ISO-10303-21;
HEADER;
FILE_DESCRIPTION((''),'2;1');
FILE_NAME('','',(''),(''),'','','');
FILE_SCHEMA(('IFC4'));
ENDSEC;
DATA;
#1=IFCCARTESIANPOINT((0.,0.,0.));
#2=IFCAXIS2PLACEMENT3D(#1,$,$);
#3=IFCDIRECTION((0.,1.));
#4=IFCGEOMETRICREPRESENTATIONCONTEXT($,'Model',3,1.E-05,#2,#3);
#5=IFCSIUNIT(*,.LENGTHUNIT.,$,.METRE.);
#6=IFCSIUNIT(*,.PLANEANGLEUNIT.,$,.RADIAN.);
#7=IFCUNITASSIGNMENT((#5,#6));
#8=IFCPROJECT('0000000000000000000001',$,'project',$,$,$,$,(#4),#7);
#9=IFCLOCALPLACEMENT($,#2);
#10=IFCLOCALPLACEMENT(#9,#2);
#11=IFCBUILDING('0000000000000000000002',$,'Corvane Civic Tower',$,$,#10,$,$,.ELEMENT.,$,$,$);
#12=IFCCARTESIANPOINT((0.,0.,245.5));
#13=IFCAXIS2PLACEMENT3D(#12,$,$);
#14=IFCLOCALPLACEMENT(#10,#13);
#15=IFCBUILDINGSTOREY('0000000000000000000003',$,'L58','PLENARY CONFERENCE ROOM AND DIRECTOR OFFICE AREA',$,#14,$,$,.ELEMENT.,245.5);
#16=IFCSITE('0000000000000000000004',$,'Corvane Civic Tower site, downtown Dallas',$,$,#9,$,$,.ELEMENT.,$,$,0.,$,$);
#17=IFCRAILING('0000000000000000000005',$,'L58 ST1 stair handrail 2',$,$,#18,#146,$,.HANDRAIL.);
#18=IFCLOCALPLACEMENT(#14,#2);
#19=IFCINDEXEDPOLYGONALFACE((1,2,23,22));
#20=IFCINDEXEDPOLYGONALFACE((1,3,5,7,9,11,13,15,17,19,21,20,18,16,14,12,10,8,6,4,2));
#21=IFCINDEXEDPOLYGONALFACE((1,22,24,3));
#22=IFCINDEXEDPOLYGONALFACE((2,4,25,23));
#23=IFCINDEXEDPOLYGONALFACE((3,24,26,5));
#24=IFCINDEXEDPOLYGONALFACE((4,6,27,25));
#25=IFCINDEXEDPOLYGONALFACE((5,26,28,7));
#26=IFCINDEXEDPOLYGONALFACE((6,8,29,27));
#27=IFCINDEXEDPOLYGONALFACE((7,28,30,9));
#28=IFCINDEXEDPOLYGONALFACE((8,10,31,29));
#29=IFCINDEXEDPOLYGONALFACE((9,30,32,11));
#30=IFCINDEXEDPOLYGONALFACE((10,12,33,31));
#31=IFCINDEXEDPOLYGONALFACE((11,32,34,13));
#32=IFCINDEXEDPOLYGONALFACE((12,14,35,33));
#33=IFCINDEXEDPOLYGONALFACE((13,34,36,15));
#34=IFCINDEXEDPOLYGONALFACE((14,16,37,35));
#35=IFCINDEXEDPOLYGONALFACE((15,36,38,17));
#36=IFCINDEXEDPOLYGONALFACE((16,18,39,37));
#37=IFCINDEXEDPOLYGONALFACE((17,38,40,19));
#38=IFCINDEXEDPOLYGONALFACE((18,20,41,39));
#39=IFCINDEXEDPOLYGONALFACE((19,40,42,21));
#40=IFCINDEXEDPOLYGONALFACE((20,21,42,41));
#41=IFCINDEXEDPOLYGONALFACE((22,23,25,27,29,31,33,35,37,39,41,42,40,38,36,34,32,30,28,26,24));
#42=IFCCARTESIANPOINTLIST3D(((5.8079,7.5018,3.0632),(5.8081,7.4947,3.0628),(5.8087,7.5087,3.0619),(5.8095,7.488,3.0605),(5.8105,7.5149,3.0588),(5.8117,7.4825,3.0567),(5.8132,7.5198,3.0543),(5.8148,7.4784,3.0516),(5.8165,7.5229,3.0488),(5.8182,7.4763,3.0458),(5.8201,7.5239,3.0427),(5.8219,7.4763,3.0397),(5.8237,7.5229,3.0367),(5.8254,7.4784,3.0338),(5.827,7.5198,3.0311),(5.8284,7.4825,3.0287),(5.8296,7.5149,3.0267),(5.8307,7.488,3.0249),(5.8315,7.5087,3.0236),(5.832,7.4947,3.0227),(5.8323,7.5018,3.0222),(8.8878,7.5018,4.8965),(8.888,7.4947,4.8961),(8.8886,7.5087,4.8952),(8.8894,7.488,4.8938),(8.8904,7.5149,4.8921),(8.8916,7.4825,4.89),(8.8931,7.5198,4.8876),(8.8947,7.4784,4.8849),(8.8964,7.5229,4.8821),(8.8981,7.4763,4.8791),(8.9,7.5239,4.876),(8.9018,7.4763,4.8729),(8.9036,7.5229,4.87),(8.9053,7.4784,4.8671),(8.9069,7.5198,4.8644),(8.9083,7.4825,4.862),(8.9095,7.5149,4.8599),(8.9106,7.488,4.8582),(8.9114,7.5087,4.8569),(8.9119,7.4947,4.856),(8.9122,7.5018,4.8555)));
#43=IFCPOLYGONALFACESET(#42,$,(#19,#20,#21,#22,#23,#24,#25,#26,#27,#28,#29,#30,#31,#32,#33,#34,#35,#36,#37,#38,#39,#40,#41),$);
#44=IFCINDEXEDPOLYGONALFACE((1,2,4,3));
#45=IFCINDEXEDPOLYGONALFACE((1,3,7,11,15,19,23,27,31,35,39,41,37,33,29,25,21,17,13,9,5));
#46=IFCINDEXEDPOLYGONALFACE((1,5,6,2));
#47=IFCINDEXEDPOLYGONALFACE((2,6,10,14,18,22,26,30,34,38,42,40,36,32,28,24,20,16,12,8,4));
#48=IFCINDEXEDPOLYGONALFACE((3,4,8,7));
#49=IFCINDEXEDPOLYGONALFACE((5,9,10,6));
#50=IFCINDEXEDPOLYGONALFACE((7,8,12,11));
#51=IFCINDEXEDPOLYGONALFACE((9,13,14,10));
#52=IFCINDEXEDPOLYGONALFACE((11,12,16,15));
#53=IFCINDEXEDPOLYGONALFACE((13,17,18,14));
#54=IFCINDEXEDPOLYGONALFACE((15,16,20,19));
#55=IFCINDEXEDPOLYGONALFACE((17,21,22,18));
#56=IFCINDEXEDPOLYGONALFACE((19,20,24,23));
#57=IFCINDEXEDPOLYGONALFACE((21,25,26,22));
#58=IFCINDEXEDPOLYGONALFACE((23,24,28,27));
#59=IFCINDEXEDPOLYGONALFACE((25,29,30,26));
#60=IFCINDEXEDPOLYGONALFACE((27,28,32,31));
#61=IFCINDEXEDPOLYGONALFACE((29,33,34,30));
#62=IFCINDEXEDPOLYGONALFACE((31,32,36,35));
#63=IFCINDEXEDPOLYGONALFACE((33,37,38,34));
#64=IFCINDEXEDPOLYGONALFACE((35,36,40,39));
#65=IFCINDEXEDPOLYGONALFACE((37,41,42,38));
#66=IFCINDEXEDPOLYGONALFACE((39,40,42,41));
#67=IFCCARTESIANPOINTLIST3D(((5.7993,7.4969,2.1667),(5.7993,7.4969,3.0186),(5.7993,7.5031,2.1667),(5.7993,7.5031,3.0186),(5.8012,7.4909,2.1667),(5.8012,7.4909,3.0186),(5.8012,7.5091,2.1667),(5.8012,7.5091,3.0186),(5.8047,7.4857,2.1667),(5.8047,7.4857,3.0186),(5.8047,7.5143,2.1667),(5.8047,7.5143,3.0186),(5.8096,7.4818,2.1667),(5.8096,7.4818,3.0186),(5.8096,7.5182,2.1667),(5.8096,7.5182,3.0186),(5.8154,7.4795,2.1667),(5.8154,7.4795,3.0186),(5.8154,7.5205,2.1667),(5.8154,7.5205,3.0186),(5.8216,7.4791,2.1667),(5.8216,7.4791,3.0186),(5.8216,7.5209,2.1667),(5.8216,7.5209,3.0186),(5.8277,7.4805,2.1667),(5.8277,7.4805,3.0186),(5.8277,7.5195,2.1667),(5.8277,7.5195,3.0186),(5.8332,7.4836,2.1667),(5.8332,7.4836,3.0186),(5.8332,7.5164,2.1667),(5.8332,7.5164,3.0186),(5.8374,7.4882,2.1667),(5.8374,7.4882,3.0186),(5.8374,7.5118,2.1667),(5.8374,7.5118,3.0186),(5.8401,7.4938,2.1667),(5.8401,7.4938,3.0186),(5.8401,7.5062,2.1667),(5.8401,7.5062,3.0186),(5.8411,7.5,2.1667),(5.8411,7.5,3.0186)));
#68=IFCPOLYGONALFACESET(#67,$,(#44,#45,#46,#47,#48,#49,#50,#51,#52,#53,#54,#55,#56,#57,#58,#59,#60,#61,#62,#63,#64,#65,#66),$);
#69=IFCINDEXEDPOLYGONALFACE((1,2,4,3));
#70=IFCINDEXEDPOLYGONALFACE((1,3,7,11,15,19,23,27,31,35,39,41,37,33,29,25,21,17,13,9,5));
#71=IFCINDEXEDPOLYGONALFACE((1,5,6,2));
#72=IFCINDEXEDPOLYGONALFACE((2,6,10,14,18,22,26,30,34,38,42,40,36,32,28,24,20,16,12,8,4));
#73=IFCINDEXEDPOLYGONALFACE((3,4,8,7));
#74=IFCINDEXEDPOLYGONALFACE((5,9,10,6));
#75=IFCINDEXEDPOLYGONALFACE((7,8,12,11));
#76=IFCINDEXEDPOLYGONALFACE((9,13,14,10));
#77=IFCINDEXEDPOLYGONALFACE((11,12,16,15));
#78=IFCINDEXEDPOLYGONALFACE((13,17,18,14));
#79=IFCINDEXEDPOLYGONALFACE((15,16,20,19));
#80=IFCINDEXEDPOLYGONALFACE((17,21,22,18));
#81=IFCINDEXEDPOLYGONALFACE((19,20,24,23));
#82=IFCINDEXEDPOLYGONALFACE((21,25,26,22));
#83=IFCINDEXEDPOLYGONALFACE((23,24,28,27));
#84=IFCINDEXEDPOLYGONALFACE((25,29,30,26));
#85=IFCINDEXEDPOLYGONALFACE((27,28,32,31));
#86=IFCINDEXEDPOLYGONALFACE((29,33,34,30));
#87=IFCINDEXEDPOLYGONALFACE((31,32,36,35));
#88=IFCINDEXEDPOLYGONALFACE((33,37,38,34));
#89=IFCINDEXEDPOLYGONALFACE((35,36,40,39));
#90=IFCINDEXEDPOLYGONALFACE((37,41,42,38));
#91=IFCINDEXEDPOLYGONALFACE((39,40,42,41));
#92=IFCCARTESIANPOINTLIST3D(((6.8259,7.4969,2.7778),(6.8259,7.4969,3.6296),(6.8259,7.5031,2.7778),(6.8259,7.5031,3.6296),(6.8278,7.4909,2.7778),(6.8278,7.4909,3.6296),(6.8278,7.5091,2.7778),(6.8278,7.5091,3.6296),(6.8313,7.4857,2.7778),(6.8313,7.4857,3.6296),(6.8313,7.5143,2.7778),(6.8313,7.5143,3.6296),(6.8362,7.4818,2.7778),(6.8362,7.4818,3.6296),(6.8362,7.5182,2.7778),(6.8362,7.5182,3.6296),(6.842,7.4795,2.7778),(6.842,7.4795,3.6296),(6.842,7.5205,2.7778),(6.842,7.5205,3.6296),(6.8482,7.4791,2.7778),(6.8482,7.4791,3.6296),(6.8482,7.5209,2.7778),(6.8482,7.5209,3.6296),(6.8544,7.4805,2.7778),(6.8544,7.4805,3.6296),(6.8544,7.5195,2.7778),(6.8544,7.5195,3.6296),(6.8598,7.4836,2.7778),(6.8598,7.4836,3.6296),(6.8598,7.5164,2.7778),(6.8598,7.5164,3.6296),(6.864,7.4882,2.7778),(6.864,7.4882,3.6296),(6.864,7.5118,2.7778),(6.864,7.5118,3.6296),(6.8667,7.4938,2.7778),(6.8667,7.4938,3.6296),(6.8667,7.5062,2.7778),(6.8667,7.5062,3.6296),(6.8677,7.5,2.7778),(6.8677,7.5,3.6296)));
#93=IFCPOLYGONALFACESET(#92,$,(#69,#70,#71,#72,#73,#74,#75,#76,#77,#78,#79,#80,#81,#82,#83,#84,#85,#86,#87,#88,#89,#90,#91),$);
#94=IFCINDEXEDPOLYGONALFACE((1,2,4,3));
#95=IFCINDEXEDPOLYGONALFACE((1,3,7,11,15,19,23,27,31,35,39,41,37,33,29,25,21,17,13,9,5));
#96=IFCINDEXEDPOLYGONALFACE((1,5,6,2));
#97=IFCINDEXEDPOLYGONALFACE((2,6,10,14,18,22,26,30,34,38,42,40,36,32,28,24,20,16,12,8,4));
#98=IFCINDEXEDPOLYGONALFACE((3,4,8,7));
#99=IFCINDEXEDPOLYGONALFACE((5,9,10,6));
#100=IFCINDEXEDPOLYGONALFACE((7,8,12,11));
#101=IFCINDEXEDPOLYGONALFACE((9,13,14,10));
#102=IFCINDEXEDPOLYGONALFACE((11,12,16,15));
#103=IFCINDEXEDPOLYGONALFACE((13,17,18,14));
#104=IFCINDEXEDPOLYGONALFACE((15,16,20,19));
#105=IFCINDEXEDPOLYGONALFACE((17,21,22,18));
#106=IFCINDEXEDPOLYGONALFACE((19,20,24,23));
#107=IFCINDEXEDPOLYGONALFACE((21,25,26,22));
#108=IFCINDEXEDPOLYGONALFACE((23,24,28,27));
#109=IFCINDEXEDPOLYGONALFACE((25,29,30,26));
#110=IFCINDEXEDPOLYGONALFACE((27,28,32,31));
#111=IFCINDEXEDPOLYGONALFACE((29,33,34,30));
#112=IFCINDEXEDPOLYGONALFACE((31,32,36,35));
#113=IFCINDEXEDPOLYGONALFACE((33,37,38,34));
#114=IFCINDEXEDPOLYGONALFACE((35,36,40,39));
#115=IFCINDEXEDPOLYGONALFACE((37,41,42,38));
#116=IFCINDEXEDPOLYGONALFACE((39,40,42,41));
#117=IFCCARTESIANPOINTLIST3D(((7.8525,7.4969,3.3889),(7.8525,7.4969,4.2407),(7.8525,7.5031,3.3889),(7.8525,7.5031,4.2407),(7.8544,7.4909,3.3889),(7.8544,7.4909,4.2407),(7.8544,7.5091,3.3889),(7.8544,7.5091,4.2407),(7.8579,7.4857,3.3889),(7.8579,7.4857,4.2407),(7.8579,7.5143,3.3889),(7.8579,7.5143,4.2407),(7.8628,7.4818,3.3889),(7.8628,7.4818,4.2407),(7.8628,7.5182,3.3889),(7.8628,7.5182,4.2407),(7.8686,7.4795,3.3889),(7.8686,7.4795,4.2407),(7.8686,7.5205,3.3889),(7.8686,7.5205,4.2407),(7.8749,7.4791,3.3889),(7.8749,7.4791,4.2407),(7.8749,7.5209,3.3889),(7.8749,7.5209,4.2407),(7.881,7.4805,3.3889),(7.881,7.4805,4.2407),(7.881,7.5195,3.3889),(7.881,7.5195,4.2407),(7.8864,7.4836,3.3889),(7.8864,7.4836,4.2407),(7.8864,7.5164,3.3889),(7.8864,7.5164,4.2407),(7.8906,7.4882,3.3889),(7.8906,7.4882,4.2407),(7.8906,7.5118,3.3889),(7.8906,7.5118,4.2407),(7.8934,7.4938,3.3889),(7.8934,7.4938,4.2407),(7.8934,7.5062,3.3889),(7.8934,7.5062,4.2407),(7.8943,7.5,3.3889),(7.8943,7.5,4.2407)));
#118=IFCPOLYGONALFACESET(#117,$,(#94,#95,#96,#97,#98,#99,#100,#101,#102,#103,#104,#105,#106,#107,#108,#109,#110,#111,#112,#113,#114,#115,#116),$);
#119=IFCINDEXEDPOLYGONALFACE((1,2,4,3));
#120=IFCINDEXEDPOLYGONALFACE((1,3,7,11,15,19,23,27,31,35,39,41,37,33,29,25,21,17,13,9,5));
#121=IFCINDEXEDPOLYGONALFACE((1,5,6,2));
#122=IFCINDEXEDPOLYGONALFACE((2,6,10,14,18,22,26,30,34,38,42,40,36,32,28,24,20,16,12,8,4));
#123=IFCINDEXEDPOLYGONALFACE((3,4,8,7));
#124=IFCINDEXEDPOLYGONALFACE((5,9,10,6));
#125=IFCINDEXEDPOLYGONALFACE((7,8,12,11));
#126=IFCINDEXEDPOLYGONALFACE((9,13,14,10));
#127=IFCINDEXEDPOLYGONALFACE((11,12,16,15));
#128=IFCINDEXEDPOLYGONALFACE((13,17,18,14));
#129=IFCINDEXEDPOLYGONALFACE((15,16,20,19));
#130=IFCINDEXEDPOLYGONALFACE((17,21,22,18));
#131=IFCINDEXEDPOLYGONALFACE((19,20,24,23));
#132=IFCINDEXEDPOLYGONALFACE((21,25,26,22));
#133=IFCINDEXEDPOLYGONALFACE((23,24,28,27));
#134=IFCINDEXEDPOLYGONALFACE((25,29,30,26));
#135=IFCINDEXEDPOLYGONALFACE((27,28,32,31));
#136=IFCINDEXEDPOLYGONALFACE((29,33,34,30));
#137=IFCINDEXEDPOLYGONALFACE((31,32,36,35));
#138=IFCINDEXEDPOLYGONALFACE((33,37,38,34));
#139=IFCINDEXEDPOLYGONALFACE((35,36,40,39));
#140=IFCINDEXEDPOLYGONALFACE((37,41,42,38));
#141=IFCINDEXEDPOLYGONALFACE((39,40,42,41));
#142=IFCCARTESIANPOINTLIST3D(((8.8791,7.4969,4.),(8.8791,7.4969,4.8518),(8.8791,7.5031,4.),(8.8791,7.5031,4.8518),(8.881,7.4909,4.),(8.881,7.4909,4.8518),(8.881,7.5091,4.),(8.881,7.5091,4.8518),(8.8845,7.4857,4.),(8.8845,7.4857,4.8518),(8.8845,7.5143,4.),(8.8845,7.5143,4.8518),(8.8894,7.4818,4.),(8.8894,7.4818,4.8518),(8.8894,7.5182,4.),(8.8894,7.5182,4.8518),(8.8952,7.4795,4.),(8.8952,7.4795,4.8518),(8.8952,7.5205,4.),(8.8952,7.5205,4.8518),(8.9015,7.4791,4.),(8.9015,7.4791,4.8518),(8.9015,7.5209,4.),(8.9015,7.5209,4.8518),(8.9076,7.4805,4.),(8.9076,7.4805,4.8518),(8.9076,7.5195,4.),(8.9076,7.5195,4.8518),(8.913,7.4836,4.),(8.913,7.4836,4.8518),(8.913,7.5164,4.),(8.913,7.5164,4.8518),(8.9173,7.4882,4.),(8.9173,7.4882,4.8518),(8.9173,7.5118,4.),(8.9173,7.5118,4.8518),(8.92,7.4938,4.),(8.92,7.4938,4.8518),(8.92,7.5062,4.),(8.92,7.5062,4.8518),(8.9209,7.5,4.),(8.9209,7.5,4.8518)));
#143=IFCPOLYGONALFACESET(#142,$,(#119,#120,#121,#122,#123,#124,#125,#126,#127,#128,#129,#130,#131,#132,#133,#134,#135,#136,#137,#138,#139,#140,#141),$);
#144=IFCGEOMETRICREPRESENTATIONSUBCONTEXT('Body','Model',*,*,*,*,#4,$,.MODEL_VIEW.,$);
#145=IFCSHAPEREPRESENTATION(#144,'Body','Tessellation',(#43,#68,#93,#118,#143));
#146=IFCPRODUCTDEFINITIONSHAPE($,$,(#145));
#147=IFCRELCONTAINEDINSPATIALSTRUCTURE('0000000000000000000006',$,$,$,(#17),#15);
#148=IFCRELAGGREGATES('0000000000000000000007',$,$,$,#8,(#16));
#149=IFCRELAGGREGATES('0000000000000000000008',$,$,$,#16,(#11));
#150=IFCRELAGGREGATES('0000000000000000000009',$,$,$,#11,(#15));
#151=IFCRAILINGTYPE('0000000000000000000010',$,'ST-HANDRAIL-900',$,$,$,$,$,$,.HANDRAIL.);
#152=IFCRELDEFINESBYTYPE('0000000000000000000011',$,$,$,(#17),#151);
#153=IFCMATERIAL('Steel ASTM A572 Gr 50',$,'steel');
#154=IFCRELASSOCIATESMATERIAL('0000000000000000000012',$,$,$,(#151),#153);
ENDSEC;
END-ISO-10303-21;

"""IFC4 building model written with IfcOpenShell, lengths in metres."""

from ifc_helpers import new_model, si_unit, direction, frame, origin, origin_2d, place, context, subcontext, project, spatial, circle, extrude, material, type_object, element, save


model = new_model("IFC4")

# Units and contexts
model_context = context("Model", 3, precision=1e-05, world=origin(), true_north=direction((0.0, 1.0)))
body_context = subcontext(model_context, "Body", "Model", "MODEL_VIEW")
ifc_project = project(units=[si_unit("LENGTHUNIT", "METRE"), si_unit("PLANEANGLEUNIT", "RADIAN")], contexts=[model_context])

# Site, building, storey
site_placement = place(None, origin())
site = spatial("IfcSite", under=ifc_project, at=site_placement, Name="Corvane Civic Tower site, downtown Dallas", CompositionType="ELEMENT", RefElevation=0.0)
building_placement = place(site_placement, origin())
building = spatial("IfcBuilding", under=site, at=building_placement, Name="Corvane Civic Tower", CompositionType="ELEMENT")
storey_placement = place(building_placement, frame((0.0, 0.0, 245.5)))
storey = spatial("IfcBuildingStorey", under=building, at=storey_placement, Name="L58", Description="PLENARY CONFERENCE ROOM AND DIRECTOR OFFICE AREA", CompositionType="ELEMENT", Elevation=245.5)

# Railing
ifc_material_1 = material(Name="Steel ASTM A572 Gr 50", Category="steel")
railing_type_1 = type_object("IfcRailingType", Name="ST-HANDRAIL-900", PredefinedType="HANDRAIL", material=ifc_material_1)
railing_1_placement = place(storey_placement, frame((5.8201, 7.5, 2.1667)))
element("IfcRailing", 1, at=railing_1_placement, inside=storey, type_object=railing_type_1, Name="L58 ST1 stair handrail 2", PredefinedType="HANDRAIL", context=body_context, shape_type="SweptSolid", body=[
    extrude(circle(Radius=0.0239, at=origin_2d()), frame((0.0, 0.0, 0.876), z_axis=(0.859291, 0.0, 0.511487), x_axis=(0.0, 1.0, 0.0)), (0.0, 0.0, 1.0), 3.5842),
    extrude(circle(Radius=0.021, at=origin_2d()), origin(), (0.0, 0.0, 1.0), 0.8518),
    extrude(circle(Radius=0.021, at=origin_2d()), frame((1.0266, 0.0, 0.6111)), (0.0, 0.0, 1.0), 0.8518),
    extrude(circle(Radius=0.021, at=origin_2d()), frame((2.0532, 0.0, 1.2222)), (0.0, 0.0, 1.0), 0.8518),
    extrude(circle(Radius=0.021, at=origin_2d()), frame((3.0798, 0.0, 1.8333)), (0.0, 0.0, 1.0), 0.8518),
])

save(model, "model.ifc")
